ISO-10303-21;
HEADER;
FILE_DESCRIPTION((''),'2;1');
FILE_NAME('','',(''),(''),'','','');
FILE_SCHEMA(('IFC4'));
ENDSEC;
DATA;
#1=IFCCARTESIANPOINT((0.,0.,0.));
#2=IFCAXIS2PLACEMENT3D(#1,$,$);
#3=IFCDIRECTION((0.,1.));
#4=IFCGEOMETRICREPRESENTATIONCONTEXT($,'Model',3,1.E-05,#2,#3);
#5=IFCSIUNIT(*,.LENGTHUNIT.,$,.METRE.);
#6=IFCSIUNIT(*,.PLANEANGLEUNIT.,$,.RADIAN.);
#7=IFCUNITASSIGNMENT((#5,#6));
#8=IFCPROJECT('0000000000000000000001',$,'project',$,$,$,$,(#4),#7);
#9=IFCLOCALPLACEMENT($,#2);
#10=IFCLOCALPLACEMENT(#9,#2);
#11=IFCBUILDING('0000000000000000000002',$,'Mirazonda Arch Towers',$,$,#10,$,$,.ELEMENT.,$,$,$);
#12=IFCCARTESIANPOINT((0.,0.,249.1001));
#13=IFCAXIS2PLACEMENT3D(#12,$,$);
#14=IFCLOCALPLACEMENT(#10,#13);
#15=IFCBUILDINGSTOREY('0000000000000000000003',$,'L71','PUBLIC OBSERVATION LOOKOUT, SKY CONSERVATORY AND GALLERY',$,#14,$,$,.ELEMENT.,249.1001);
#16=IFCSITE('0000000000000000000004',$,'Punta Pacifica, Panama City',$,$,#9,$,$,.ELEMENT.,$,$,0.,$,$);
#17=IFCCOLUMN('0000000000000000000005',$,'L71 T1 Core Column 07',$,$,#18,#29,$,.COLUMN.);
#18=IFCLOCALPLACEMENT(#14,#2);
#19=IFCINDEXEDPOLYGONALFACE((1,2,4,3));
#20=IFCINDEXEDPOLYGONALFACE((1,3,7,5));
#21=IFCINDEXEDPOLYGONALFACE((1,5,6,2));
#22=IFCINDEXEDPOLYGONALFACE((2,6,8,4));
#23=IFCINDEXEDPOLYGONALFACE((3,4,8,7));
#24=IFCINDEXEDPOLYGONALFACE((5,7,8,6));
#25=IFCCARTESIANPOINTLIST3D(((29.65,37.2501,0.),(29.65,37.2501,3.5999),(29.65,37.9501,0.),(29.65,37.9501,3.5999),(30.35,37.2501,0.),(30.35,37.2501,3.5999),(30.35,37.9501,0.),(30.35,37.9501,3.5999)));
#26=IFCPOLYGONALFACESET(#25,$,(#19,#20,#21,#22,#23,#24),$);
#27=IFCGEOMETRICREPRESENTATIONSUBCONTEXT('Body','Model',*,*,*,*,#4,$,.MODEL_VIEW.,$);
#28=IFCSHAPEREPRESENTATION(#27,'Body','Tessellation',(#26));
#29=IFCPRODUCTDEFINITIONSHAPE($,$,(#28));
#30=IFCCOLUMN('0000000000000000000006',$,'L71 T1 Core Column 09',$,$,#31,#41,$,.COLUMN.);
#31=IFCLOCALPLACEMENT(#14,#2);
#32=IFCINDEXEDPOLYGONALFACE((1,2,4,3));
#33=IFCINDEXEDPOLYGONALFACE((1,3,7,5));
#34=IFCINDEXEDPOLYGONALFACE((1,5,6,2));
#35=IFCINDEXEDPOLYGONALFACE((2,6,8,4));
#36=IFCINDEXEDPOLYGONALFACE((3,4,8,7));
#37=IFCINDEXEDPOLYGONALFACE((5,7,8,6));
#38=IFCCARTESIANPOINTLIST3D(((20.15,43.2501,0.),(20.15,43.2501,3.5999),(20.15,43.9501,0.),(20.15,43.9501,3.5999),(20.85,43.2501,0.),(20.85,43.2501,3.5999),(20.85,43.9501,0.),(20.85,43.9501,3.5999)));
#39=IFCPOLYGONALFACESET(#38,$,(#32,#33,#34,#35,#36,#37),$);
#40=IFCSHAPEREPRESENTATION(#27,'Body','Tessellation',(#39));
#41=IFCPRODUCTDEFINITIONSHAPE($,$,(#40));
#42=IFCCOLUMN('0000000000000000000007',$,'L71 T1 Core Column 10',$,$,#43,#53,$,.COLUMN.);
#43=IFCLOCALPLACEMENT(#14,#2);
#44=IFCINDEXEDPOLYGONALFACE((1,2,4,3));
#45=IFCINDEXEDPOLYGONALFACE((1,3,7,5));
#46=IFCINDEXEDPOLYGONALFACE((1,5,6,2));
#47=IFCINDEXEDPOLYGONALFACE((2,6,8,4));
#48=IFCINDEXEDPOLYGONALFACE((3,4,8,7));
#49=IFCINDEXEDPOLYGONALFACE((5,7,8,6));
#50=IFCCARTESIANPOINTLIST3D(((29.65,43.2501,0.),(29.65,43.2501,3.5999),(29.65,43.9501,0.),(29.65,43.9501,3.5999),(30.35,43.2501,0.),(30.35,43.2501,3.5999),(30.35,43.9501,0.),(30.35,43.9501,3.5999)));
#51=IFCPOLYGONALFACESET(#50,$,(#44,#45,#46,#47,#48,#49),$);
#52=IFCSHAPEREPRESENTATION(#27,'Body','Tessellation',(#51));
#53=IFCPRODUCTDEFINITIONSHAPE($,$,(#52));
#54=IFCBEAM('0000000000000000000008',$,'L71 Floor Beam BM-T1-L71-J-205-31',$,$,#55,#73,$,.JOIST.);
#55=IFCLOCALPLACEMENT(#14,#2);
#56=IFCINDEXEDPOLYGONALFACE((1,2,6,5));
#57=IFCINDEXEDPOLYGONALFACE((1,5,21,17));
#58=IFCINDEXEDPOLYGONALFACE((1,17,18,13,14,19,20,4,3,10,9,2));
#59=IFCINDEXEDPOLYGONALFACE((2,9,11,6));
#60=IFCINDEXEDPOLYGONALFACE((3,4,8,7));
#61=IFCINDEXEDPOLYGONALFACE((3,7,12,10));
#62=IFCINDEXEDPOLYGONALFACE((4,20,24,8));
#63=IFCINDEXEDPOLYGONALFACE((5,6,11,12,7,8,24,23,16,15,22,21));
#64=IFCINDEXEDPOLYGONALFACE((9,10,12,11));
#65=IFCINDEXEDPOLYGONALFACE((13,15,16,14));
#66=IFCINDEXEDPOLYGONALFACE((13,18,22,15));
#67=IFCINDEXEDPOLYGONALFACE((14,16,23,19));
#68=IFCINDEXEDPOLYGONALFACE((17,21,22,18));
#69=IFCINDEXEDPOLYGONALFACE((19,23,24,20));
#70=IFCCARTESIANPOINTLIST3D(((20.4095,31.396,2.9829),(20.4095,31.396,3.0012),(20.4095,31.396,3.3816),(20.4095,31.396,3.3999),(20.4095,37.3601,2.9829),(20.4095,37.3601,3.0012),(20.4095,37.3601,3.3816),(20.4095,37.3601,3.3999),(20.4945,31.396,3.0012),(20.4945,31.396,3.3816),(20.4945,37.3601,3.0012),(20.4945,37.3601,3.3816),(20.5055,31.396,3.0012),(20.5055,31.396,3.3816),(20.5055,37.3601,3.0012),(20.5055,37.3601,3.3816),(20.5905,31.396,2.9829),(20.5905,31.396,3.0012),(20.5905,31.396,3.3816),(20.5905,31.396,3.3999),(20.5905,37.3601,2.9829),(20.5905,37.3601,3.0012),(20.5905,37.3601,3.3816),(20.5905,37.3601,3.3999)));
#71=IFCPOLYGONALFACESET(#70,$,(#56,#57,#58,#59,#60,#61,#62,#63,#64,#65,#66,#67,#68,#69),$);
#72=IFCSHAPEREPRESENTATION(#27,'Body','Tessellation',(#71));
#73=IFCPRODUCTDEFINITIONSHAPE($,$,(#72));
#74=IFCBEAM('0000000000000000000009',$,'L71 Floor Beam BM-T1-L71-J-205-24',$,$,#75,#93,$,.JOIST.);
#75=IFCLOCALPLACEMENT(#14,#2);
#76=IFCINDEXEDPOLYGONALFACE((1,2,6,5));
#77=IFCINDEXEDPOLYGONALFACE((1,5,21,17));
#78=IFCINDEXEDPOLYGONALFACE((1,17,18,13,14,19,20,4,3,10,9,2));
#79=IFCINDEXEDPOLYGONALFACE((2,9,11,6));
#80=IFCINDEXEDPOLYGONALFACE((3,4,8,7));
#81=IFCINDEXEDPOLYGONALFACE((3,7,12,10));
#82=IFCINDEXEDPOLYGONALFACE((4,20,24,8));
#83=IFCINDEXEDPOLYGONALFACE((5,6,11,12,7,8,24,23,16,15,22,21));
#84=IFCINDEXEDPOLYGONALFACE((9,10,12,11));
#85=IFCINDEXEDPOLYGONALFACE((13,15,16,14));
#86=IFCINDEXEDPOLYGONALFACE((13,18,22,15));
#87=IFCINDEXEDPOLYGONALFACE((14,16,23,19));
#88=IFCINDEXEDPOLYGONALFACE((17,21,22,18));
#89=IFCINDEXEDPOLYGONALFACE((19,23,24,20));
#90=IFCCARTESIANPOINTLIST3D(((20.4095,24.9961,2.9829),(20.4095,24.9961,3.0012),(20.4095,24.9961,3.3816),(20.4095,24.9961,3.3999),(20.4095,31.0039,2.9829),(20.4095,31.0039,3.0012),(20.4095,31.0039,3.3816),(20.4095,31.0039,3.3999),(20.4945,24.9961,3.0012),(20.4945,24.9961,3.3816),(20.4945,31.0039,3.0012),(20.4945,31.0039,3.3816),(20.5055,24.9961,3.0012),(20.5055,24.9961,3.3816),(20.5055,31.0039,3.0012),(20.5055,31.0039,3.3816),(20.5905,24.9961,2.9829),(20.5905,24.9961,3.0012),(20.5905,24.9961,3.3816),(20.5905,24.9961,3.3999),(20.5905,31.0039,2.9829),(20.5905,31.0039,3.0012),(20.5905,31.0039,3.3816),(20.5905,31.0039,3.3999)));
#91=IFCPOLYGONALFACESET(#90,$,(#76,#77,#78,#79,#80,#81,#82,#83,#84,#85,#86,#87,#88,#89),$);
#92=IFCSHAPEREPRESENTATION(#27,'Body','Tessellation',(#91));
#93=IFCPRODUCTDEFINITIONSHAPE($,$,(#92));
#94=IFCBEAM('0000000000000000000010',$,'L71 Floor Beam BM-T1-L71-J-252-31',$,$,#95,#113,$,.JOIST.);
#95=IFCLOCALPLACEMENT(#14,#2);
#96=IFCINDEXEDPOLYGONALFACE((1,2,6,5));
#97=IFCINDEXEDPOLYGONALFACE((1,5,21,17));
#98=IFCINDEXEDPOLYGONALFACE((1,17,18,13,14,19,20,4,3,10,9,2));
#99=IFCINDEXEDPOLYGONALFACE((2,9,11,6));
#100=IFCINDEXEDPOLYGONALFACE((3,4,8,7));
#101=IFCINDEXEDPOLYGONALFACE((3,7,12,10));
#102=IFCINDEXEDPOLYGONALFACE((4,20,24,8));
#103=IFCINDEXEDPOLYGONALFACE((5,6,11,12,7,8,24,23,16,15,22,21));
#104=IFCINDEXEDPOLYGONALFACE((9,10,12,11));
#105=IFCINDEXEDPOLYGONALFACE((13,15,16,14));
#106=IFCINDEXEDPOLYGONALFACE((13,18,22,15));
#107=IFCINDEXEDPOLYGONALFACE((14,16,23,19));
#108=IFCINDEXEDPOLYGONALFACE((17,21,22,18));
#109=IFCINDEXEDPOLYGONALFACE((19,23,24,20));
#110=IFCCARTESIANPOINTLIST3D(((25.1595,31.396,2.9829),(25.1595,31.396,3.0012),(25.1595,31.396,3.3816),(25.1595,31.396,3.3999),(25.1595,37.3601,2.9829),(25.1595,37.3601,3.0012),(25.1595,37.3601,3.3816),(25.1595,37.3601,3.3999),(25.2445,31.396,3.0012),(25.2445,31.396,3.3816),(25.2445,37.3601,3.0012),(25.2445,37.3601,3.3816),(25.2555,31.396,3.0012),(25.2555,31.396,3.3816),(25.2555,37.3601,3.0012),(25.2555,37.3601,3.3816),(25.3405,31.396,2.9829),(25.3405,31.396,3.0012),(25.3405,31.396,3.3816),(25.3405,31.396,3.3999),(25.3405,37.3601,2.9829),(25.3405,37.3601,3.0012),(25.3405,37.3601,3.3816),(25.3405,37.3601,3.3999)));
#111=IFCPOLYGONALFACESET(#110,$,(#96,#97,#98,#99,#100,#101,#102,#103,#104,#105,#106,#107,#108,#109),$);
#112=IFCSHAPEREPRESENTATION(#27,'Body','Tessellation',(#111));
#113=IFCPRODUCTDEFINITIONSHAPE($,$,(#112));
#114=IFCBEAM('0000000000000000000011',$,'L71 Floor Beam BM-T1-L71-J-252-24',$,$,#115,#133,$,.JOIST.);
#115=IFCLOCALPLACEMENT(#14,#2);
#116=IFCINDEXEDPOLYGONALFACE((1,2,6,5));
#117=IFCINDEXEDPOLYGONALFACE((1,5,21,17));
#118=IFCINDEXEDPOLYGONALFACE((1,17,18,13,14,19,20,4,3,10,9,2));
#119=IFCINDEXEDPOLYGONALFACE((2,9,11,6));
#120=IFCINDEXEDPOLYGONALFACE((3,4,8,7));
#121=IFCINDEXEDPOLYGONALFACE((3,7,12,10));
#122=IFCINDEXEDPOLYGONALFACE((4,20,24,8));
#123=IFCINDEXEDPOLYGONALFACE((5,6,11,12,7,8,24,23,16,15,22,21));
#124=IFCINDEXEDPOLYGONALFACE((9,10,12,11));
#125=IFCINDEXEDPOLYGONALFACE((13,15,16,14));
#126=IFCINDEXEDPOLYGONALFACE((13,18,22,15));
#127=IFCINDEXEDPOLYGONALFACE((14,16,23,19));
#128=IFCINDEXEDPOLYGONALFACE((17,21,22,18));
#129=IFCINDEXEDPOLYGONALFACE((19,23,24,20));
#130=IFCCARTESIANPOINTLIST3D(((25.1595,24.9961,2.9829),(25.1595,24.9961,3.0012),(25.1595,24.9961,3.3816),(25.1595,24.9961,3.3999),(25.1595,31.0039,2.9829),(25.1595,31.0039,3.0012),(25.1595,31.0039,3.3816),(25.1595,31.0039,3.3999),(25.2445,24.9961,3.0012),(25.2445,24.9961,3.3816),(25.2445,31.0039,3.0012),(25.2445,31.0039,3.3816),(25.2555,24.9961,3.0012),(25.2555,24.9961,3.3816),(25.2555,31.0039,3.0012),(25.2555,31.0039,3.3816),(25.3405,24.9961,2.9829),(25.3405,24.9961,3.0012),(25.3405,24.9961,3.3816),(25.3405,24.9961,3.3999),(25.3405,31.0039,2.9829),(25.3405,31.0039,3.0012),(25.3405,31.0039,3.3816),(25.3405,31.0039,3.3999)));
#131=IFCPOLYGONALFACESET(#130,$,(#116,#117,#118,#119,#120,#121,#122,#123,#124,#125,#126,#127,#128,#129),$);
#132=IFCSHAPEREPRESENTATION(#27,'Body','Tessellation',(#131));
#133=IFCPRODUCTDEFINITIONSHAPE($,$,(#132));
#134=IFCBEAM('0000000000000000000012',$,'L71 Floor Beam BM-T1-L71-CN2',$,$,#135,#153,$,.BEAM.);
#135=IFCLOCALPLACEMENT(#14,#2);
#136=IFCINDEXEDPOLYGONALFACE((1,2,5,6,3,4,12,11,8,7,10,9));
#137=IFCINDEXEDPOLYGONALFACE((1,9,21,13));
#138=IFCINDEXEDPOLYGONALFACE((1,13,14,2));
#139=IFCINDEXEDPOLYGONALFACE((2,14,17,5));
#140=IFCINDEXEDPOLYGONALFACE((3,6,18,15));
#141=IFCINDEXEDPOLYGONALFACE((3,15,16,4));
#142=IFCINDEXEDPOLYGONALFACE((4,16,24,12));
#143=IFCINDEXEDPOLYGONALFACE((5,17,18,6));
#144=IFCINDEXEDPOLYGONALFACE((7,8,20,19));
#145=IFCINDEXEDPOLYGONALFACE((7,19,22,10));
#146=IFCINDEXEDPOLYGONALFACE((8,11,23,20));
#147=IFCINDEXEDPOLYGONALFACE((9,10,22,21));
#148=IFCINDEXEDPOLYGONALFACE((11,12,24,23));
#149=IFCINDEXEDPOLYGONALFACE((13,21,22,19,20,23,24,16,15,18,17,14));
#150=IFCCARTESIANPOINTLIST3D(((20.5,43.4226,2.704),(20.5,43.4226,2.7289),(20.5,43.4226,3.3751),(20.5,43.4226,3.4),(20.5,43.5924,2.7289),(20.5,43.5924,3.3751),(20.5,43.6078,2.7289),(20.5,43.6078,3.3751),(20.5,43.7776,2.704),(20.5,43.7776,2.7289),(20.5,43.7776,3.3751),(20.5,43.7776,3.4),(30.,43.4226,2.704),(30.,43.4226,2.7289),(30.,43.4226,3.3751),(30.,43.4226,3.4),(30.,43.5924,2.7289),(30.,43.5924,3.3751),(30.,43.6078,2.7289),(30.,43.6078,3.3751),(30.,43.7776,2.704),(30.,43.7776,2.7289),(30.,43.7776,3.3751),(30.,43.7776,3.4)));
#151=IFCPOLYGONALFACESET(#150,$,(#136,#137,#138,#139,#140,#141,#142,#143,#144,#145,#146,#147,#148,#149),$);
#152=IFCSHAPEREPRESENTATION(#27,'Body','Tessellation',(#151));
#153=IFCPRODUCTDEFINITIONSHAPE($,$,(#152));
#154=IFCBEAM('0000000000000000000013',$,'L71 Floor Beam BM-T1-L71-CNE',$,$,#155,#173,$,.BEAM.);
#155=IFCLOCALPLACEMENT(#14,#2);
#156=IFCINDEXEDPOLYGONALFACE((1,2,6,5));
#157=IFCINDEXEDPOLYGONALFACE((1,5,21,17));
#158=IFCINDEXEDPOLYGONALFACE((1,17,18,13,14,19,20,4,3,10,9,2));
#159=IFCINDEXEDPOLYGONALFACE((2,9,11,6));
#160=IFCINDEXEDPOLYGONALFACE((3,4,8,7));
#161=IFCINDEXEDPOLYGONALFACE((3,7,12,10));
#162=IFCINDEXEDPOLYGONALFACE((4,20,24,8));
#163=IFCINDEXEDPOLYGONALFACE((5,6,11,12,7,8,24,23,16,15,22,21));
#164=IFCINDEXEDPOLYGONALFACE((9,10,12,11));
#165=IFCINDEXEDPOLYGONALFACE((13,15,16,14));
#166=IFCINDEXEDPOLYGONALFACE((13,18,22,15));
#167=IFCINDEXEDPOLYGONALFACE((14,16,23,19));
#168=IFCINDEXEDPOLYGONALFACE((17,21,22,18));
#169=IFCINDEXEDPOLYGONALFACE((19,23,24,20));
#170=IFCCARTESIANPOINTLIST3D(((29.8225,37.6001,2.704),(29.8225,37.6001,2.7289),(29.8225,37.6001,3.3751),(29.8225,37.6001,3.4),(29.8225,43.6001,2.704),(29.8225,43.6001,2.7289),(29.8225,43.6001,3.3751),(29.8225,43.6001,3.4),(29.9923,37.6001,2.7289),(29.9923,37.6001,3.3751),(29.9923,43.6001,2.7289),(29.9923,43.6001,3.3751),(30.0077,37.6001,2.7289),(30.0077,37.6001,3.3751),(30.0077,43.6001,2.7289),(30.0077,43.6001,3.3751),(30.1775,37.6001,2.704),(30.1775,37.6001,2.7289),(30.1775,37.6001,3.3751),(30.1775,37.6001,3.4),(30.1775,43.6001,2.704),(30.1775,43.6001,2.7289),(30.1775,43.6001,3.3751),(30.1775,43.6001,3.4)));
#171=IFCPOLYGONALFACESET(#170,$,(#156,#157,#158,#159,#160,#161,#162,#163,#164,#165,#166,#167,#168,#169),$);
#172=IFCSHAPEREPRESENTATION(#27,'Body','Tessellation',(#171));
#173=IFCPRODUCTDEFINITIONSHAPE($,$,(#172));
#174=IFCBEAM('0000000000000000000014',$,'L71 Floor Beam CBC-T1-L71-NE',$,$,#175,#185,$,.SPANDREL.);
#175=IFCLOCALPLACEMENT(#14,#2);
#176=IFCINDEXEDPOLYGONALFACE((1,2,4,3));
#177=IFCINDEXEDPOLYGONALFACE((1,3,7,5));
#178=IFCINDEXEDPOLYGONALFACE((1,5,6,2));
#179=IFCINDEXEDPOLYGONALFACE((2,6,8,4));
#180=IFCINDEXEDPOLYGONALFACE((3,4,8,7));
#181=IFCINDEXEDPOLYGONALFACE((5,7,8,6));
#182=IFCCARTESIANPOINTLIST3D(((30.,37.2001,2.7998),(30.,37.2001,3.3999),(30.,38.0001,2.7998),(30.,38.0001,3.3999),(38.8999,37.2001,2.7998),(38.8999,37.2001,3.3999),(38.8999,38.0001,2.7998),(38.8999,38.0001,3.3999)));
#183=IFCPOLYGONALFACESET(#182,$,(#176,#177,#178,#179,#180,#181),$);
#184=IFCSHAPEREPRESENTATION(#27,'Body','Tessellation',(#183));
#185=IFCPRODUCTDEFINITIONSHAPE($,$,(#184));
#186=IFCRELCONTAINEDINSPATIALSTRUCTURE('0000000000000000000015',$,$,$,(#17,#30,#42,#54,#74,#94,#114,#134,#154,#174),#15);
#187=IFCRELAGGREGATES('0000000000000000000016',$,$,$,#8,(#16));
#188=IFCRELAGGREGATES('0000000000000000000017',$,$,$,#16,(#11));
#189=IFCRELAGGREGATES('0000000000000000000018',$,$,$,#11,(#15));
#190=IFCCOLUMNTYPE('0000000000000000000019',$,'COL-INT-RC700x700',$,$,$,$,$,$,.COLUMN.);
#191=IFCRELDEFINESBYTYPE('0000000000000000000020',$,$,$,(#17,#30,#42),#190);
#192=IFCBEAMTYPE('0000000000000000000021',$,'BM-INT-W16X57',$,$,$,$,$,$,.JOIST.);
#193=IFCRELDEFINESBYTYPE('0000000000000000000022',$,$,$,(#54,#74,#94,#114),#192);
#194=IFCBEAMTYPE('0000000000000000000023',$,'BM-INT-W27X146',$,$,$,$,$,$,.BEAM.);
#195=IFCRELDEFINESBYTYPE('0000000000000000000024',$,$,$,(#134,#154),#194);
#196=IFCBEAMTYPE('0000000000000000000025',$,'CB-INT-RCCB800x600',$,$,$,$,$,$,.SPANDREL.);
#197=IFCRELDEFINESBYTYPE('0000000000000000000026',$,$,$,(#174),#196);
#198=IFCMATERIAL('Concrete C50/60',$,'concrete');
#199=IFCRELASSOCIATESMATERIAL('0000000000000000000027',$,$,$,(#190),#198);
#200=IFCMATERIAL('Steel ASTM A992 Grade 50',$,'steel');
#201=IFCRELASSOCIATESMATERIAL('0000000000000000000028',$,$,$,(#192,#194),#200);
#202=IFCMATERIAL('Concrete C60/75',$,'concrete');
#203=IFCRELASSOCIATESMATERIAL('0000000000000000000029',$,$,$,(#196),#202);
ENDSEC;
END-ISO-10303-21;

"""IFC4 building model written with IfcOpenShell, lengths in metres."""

from ifc_helpers import new_model, si_unit, direction, frame, origin, origin_2d, place, context, subcontext, project, spatial, rectangle, i_section, extrude, material, material_profile, profile_set, type_object, element, save


model = new_model("IFC4")

# Units and contexts
model_context = context("Model", 3, precision=1e-05, world=origin(), true_north=direction((0.0, 1.0)))
body_context = subcontext(model_context, "Body", "Model", "MODEL_VIEW")
ifc_project = project(units=[si_unit("LENGTHUNIT", "METRE"), si_unit("PLANEANGLEUNIT", "RADIAN")], contexts=[model_context])

# Site, building, storey
site_placement = place(None, origin())
site = spatial("IfcSite", under=ifc_project, at=site_placement, Name="Punta Pacifica, Panama City", CompositionType="ELEMENT", RefElevation=0.0)
building_placement = place(site_placement, origin())
building = spatial("IfcBuilding", under=site, at=building_placement, Name="Mirazonda Arch Towers", CompositionType="ELEMENT")
storey_placement = place(building_placement, frame((0.0, 0.0, 249.1001)))
storey = spatial("IfcBuildingStorey", under=building, at=storey_placement, Name="L71", Description="PUBLIC OBSERVATION LOOKOUT, SKY CONSERVATORY AND GALLERY", CompositionType="ELEMENT", Elevation=249.1001)

# Columns
ifc_material_1 = material(Name="Concrete C50/60", Category="concrete")
ifc_material_profile_1 = material_profile(ifc_material_1, rectangle(XDim=0.7, YDim=0.7, at=origin_2d()), Name="RC700x700")
ifc_profile_set_1 = profile_set([ifc_material_profile_1], Name="Concrete C50/60")
column_type = type_object("IfcColumnType", Name="COL-INT-RC700x700", PredefinedType="COLUMN", material=ifc_profile_set_1)
for number, where, z_axis, x_axis, name in (
    (1, (30.0, 37.6001, 0.0), (0.0, 0.0, 1.0), (1.0, 0.0, 0.0), "L71 T1 Core Column 07"),
    (2, (20.5, 43.6001, 0.0), (0.0, 0.0, 1.0), (1.0, 0.0, 0.0), "L71 T1 Core Column 09"),
    (3, (30.0, 43.6001, 0.0), (0.0, 0.0, 1.0), (1.0, 0.0, 0.0), "L71 T1 Core Column 10"),
):
    element("IfcColumn", number, at=place(storey_placement, frame(where, z_axis=z_axis, x_axis=x_axis)), inside=storey, type_object=column_type, Name=name, PredefinedType="COLUMN", context=body_context, shape_type="SweptSolid", body=[
        extrude(rectangle(XDim=0.7, YDim=0.7, at=origin_2d()), origin(), (0.0, 0.0, 1.0), 3.5999),
    ])

# Beams
ifc_material_2 = material(Name="Steel ASTM A992 Grade 50", Category="steel")
ifc_material_profile_2 = material_profile(ifc_material_2, i_section(OverallWidth=0.1809, OverallDepth=0.417, WebThickness=0.011, FlangeThickness=0.0183, at=origin_2d()), Name="W16X57")
ifc_profile_set_2 = profile_set([ifc_material_profile_2], Name="Steel ASTM A992 Grade 50")
beam_type_1 = type_object("IfcBeamType", Name="BM-INT-W16X57", PredefinedType="JOIST", material=ifc_profile_set_2)
beam_1_placement = place(storey_placement, frame((20.5, 31.396, 3.1914), z_axis=(0.0, 1.0, 0.0), x_axis=(-1.0, 0.0, 0.0)))
element("IfcBeam", 4, at=beam_1_placement, inside=storey, type_object=beam_type_1, Name="L71 Floor Beam BM-T1-L71-J-205-31", PredefinedType="JOIST", context=body_context, shape_type="SweptSolid", body=[
    extrude(i_section(OverallWidth=0.1809, OverallDepth=0.417, WebThickness=0.011, FlangeThickness=0.0183, at=origin_2d()), origin(), (0.0, 0.0, 1.0), 5.9641),
])
beam_2_placement = place(storey_placement, frame((20.5, 24.9961, 3.1914), z_axis=(0.0, 1.0, 0.0), x_axis=(-1.0, 0.0, 0.0)))
element("IfcBeam", 5, at=beam_2_placement, inside=storey, type_object=beam_type_1, Name="L71 Floor Beam BM-T1-L71-J-205-24", PredefinedType="JOIST", context=body_context, shape_type="SweptSolid", body=[
    extrude(i_section(OverallWidth=0.1809, OverallDepth=0.417, WebThickness=0.011, FlangeThickness=0.0183, at=origin_2d()), origin(), (0.0, 0.0, 1.0), 6.0078),
])
beam_3_placement = place(storey_placement, frame((25.25, 31.396, 3.1914), z_axis=(0.0, 1.0, 0.0), x_axis=(-1.0, 0.0, 0.0)))
element("IfcBeam", 6, at=beam_3_placement, inside=storey, type_object=beam_type_1, Name="L71 Floor Beam BM-T1-L71-J-252-31", PredefinedType="JOIST", context=body_context, shape_type="SweptSolid", body=[
    extrude(i_section(OverallWidth=0.1809, OverallDepth=0.417, WebThickness=0.011, FlangeThickness=0.0183, at=origin_2d()), origin(), (0.0, 0.0, 1.0), 5.9641),
])
beam_4_placement = place(storey_placement, frame((25.25, 24.9961, 3.1914), z_axis=(0.0, 1.0, 0.0), x_axis=(-1.0, 0.0, 0.0)))
element("IfcBeam", 7, at=beam_4_placement, inside=storey, type_object=beam_type_1, Name="L71 Floor Beam BM-T1-L71-J-252-24", PredefinedType="JOIST", context=body_context, shape_type="SweptSolid", body=[
    extrude(i_section(OverallWidth=0.1809, OverallDepth=0.417, WebThickness=0.011, FlangeThickness=0.0183, at=origin_2d()), origin(), (0.0, 0.0, 1.0), 6.0078),
])
ifc_material_profile_3 = material_profile(ifc_material_2, i_section(OverallWidth=0.355, OverallDepth=0.696, WebThickness=0.0154, FlangeThickness=0.0249, at=origin_2d()), Name="W27X146")
ifc_profile_set_3 = profile_set([ifc_material_profile_3], Name="Steel ASTM A992 Grade 50")
beam_type_2 = type_object("IfcBeamType", Name="BM-INT-W27X146", PredefinedType="BEAM", material=ifc_profile_set_3)
beam_5_placement = place(storey_placement, frame((20.5, 43.6001, 3.052), z_axis=(1.0, 0.0, 0.0), x_axis=(0.0, 1.0, 0.0)))
element("IfcBeam", 8, at=beam_5_placement, inside=storey, type_object=beam_type_2, Name="L71 Floor Beam BM-T1-L71-CN2", PredefinedType="BEAM", context=body_context, shape_type="SweptSolid", body=[
    extrude(i_section(OverallWidth=0.355, OverallDepth=0.696, WebThickness=0.0154, FlangeThickness=0.0249, at=origin_2d()), origin(), (0.0, 0.0, 1.0), 9.5),
])
beam_6_placement = place(storey_placement, frame((30.0, 37.6001, 3.052), z_axis=(0.0, 1.0, 0.0), x_axis=(-1.0, 0.0, 0.0)))
element("IfcBeam", 9, at=beam_6_placement, inside=storey, type_object=beam_type_2, Name="L71 Floor Beam BM-T1-L71-CNE", PredefinedType="BEAM", context=body_context, shape_type="SweptSolid", body=[
    extrude(i_section(OverallWidth=0.355, OverallDepth=0.696, WebThickness=0.0154, FlangeThickness=0.0249, at=origin_2d()), origin(), (0.0, 0.0, 1.0), 6.0),
])
ifc_material_3 = material(Name="Concrete C60/75", Category="concrete")
ifc_material_profile_4 = material_profile(ifc_material_3, rectangle(XDim=0.8, YDim=0.6001, at=origin_2d()), Name="RCCB800x600")
ifc_profile_set_4 = profile_set([ifc_material_profile_4], Name="Concrete C60/75")
beam_type_3 = type_object("IfcBeamType", Name="CB-INT-RCCB800x600", PredefinedType="SPANDREL", material=ifc_profile_set_4)
beam_7_placement = place(storey_placement, frame((30.0, 37.6001, 3.0999), z_axis=(1.0, 0.0, 0.0), x_axis=(0.0, 1.0, 0.0)))
element("IfcBeam", 10, at=beam_7_placement, inside=storey, type_object=beam_type_3, Name="L71 Floor Beam CBC-T1-L71-NE", PredefinedType="SPANDREL", context=body_context, shape_type="SweptSolid", body=[
    extrude(rectangle(XDim=0.8, YDim=0.6001, at=origin_2d()), origin(), (0.0, 0.0, 1.0), 8.8999),
])

save(model, "model.ifc")
